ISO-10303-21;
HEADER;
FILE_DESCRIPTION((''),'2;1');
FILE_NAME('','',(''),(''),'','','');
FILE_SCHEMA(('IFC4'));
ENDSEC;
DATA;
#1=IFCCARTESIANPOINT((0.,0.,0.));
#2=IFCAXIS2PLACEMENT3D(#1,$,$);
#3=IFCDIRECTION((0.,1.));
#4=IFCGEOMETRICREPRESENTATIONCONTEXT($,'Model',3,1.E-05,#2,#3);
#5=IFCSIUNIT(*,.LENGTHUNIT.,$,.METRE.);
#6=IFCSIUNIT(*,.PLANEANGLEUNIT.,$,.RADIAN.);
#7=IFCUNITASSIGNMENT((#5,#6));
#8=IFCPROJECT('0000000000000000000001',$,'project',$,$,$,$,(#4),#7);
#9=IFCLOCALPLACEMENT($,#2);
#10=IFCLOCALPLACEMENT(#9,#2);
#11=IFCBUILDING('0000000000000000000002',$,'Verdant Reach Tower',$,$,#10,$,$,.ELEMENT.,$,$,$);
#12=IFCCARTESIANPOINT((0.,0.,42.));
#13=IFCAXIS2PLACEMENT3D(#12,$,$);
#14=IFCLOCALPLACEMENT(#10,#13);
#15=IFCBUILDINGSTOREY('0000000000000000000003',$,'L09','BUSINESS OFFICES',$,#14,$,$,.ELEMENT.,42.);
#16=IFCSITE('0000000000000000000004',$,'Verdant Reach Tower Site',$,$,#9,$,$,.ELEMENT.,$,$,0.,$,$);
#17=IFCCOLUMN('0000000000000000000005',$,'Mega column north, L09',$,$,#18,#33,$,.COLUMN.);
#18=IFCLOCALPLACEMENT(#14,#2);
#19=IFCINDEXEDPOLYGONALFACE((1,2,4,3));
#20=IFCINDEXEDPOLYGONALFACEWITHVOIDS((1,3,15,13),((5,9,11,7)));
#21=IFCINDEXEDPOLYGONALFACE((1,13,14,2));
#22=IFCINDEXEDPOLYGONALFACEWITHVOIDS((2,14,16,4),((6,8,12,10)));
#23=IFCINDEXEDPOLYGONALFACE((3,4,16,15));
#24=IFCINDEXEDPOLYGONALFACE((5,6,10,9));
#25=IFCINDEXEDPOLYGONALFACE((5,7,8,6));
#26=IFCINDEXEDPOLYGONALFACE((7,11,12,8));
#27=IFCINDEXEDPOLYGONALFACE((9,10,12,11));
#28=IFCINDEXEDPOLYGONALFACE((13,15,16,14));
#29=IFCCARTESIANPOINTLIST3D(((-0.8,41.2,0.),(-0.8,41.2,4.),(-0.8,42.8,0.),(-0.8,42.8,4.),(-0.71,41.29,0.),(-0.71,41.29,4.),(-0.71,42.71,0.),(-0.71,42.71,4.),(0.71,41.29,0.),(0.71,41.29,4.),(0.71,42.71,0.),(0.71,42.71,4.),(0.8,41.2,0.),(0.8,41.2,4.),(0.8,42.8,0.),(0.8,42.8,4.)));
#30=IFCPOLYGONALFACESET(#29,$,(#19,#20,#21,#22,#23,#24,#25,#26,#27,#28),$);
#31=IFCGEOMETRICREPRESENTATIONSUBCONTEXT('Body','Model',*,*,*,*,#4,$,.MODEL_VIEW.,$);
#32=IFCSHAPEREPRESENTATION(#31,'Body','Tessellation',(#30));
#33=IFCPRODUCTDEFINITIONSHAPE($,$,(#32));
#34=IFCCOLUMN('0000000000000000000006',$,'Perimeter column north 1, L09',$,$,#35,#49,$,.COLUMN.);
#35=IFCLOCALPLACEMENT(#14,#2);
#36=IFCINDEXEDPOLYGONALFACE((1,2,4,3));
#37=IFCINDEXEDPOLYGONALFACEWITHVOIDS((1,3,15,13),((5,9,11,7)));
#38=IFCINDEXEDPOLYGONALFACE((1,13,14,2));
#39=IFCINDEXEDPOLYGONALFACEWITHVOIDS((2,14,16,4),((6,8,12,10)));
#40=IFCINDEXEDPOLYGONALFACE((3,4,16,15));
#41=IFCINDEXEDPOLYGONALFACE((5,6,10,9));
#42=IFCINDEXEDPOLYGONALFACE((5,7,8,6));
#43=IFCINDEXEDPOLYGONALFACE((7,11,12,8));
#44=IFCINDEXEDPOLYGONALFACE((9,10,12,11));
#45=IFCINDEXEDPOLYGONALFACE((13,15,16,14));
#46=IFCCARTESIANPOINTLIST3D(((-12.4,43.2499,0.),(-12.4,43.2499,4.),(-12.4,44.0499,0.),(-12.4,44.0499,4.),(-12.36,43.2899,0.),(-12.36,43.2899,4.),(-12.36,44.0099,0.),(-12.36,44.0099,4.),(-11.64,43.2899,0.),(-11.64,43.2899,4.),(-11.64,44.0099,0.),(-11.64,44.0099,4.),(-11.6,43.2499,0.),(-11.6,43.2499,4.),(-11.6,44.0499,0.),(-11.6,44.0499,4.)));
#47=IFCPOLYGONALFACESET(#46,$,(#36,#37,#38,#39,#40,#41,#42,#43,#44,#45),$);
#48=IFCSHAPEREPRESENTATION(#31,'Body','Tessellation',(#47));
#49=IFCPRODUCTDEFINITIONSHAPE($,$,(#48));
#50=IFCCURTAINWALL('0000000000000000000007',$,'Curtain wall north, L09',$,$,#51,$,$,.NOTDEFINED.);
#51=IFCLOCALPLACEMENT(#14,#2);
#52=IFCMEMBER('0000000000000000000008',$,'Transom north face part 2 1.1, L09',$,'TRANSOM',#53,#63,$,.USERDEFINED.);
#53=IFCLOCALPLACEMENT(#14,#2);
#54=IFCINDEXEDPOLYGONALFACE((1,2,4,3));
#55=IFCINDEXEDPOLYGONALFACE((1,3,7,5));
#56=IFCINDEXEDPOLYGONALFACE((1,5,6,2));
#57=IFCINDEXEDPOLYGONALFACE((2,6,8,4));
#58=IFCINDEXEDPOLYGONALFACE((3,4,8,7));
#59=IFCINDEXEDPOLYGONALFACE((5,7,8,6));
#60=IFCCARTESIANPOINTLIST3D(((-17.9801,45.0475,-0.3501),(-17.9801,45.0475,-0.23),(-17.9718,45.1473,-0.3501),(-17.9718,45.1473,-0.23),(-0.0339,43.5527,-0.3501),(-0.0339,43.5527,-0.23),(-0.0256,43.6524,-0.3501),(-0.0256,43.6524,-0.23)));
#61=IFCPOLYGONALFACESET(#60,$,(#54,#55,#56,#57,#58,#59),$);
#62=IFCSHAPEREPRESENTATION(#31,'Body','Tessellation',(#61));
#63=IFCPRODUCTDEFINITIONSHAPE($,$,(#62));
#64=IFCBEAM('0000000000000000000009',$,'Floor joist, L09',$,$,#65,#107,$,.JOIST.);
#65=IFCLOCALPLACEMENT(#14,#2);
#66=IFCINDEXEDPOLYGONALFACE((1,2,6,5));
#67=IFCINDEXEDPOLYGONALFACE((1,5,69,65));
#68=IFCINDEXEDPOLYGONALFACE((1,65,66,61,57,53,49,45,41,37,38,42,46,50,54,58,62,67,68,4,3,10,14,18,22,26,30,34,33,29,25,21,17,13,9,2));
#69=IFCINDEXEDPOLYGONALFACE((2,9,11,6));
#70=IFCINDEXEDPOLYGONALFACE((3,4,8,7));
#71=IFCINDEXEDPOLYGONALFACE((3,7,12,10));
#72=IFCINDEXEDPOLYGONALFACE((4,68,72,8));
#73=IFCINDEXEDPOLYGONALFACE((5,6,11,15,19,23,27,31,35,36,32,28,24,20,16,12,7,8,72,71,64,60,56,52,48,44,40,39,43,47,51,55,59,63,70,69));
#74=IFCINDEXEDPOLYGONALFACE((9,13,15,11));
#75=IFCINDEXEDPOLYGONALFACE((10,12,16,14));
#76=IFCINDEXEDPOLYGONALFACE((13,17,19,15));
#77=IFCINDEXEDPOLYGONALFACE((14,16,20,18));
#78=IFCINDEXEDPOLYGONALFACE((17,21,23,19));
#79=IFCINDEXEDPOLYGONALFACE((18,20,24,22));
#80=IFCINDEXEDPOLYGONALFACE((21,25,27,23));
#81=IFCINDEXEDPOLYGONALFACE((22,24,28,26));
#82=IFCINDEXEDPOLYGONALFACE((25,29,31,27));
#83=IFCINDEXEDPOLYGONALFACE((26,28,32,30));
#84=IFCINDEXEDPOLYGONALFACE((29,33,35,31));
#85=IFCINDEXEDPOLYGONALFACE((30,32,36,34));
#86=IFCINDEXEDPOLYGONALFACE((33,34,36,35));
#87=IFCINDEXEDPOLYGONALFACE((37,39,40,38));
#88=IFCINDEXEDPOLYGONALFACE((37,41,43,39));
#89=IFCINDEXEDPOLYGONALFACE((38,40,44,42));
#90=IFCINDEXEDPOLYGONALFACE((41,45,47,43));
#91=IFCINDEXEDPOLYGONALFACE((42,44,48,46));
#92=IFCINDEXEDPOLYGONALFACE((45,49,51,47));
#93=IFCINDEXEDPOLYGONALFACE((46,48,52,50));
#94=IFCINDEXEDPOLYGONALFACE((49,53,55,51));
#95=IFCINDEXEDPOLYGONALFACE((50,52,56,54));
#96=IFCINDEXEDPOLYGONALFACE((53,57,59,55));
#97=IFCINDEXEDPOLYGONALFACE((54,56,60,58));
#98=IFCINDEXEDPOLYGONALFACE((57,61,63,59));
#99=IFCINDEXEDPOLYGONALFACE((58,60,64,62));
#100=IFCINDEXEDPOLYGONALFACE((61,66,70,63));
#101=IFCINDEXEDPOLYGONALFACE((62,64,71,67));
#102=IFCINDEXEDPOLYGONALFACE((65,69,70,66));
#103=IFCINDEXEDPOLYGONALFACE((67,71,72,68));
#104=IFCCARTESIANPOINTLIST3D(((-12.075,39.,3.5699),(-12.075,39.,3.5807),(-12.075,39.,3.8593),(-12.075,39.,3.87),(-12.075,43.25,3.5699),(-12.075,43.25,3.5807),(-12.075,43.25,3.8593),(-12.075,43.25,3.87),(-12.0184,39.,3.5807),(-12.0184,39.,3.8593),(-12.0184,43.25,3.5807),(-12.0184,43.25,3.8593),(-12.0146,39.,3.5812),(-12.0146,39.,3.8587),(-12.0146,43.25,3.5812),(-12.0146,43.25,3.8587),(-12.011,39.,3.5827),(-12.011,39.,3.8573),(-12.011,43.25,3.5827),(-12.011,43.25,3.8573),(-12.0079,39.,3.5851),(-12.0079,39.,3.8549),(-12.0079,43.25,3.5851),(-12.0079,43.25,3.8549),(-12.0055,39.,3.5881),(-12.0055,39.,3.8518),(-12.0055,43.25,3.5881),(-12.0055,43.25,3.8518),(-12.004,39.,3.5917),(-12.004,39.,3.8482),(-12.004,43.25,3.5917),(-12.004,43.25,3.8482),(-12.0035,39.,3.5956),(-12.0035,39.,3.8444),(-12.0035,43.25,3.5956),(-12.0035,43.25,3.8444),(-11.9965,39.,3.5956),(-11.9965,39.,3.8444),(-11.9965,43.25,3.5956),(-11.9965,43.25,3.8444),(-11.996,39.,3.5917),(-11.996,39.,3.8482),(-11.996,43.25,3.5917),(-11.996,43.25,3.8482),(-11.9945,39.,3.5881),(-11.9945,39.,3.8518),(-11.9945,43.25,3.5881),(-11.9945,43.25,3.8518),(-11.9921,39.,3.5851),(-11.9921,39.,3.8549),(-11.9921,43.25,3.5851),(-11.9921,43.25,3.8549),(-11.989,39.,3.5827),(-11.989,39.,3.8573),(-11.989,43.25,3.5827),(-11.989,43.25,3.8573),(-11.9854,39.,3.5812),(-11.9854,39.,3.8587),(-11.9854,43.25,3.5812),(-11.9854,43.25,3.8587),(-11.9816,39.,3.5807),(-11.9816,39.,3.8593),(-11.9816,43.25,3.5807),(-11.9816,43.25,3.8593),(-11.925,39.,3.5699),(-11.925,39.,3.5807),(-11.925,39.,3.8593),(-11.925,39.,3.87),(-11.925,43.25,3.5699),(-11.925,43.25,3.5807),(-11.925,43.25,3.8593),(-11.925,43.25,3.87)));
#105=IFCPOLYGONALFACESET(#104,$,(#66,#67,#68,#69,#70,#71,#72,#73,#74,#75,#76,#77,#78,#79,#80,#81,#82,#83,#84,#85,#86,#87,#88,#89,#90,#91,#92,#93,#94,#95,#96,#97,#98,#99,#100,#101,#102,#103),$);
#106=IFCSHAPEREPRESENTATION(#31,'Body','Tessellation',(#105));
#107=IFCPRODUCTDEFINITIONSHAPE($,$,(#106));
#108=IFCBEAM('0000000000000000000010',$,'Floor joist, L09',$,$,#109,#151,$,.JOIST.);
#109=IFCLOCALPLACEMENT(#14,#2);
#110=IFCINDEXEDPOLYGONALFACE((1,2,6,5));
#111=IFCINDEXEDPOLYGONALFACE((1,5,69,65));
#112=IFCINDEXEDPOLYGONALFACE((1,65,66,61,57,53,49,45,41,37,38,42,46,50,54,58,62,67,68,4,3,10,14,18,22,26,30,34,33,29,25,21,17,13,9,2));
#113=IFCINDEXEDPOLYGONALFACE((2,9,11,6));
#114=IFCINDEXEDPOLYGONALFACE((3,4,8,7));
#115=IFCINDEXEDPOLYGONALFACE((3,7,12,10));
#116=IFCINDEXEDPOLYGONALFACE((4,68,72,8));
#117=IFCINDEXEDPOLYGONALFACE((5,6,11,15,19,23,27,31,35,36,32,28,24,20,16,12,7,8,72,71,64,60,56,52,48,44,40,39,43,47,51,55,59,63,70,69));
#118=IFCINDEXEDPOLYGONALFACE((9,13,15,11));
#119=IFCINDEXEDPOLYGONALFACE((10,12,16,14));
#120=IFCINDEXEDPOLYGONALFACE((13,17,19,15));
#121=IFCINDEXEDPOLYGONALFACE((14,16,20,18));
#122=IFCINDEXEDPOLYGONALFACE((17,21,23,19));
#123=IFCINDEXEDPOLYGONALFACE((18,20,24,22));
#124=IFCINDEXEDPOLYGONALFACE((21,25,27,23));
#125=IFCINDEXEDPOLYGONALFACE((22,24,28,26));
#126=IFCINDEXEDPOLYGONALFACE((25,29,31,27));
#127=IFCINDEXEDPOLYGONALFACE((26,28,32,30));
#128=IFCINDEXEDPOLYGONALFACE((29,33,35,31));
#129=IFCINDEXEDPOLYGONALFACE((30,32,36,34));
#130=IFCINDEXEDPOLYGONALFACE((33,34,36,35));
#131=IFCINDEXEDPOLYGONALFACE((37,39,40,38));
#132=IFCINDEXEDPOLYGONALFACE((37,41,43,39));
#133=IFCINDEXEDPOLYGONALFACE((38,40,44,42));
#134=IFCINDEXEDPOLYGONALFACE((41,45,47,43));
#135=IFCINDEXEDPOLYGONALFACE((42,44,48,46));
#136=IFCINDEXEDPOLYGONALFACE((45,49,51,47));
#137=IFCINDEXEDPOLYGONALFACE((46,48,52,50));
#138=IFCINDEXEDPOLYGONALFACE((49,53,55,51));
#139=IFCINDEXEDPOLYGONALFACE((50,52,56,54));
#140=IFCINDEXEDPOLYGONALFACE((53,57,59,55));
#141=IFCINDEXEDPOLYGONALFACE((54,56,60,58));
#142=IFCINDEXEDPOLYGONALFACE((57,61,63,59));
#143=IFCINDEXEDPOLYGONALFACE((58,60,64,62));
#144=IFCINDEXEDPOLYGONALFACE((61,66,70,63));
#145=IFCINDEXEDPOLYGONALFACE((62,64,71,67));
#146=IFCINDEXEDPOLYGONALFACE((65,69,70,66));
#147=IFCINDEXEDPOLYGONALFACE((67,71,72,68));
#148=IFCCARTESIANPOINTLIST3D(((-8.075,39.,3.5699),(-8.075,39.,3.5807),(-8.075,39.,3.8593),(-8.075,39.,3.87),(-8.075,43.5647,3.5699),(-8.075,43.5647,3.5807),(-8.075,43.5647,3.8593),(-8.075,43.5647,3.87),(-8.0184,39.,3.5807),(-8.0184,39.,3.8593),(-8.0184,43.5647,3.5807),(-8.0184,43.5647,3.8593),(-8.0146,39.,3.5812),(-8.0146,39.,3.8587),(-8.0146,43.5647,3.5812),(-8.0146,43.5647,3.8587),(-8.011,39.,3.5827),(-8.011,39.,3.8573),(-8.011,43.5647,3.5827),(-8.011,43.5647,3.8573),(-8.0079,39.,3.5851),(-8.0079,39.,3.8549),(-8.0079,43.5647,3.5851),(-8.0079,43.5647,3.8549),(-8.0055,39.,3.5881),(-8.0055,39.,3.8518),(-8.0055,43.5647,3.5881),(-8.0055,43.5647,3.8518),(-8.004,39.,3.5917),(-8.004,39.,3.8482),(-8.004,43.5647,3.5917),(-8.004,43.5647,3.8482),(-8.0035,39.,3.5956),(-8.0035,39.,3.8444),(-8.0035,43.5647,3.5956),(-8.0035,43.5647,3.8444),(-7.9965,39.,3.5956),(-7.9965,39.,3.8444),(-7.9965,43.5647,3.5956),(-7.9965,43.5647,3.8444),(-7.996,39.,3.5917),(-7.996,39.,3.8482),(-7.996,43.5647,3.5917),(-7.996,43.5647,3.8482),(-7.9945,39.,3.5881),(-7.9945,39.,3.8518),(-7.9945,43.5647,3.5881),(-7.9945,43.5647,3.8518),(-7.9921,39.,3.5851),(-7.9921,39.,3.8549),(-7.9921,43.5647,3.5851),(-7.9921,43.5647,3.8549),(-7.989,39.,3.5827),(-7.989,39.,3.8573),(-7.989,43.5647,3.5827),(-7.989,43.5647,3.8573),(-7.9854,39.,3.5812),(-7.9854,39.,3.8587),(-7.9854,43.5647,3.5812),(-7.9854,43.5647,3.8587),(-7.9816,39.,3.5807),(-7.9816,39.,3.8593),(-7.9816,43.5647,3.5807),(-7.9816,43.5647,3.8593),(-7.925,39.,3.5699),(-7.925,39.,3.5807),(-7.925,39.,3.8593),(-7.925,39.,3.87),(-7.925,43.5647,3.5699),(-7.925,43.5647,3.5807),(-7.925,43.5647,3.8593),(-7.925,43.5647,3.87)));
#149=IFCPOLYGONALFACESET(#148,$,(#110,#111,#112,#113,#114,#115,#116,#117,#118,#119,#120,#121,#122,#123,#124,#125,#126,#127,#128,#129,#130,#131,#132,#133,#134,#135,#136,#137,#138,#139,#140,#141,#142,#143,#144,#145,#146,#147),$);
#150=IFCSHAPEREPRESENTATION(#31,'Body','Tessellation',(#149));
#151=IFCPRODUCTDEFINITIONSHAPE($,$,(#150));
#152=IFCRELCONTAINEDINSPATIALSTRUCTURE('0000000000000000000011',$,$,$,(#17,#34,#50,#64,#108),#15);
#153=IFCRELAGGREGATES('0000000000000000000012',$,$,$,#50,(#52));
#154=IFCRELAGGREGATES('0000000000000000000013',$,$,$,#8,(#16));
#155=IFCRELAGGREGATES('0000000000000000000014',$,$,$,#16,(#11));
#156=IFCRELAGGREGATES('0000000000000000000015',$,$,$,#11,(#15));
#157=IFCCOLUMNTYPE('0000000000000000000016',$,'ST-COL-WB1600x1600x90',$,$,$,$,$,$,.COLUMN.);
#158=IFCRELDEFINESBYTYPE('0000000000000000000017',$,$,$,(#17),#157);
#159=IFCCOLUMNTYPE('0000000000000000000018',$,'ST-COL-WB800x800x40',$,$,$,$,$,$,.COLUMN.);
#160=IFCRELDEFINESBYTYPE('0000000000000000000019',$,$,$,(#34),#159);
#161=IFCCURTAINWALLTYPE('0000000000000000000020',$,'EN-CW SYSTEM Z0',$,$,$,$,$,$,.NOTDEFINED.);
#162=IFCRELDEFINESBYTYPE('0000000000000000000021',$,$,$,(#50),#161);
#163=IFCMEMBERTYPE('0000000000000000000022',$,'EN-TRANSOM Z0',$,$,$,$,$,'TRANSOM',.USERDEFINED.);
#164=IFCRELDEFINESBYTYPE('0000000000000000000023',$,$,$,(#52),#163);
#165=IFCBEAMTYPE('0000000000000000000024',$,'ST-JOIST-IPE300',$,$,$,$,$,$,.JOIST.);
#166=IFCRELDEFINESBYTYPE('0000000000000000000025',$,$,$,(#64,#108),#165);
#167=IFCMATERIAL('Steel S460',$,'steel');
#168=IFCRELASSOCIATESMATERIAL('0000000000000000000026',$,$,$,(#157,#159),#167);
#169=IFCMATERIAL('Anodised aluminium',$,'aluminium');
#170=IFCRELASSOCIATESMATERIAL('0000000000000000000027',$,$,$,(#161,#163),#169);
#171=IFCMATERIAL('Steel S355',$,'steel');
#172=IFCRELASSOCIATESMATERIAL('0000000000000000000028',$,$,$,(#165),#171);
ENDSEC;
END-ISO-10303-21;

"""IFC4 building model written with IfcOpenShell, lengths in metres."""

from ifc_helpers import new_model, si_unit, direction, frame, origin, origin_2d, place, context, subcontext, project, spatial, rectangle, hollow_rectangle, i_section, extrude, material, material_profile, profile_set, type_object, element, aggregate, save


model = new_model("IFC4")

# Units and contexts
model_context = context("Model", 3, precision=1e-05, world=origin(), true_north=direction((0.0, 1.0)))
body_context = subcontext(model_context, "Body", "Model", "MODEL_VIEW")
ifc_project = project(units=[si_unit("LENGTHUNIT", "METRE"), si_unit("PLANEANGLEUNIT", "RADIAN")], contexts=[model_context])

# Site, building, storey
site_placement = place(None, origin())
site = spatial("IfcSite", under=ifc_project, at=site_placement, Name="Verdant Reach Tower Site", CompositionType="ELEMENT", RefElevation=0.0)
building_placement = place(site_placement, origin())
building = spatial("IfcBuilding", under=site, at=building_placement, Name="Verdant Reach Tower", CompositionType="ELEMENT")
storey_placement = place(building_placement, frame((0.0, 0.0, 42.0)))
storey = spatial("IfcBuildingStorey", under=building, at=storey_placement, Name="L09", Description="BUSINESS OFFICES", CompositionType="ELEMENT", Elevation=42.0)

# Columns
ifc_material_1 = material(Name="Steel S460", Category="steel")
ifc_material_profile_1 = material_profile(ifc_material_1, hollow_rectangle(XDim=1.6001, YDim=1.6001, WallThickness=0.0901, at=origin_2d()), Name="WB 1600x1600x90")
ifc_profile_set_1 = profile_set([ifc_material_profile_1], Name="Steel S460")
column_type_1 = type_object("IfcColumnType", Name="ST-COL-WB1600x1600x90", PredefinedType="COLUMN", material=ifc_profile_set_1)
column_1_placement = place(storey_placement, frame((0.0, 42.0, 0.0), z_axis=(0.0, 0.0, 1.0), x_axis=(1.0, 0.0, 0.0)))
element("IfcColumn", 1, at=column_1_placement, inside=storey, type_object=column_type_1, Name="Mega column north, L09", PredefinedType="COLUMN", context=body_context, shape_type="SweptSolid", body=[
    extrude(hollow_rectangle(XDim=1.6001, YDim=1.6001, WallThickness=0.0901, at=origin_2d()), origin(), (0.0, 0.0, 1.0), 4.0),
])
ifc_material_profile_2 = material_profile(ifc_material_1, hollow_rectangle(XDim=0.8, YDim=0.8, WallThickness=0.04, at=origin_2d()), Name="WB 800x800x40")
ifc_profile_set_2 = profile_set([ifc_material_profile_2], Name="Steel S460")
column_type_2 = type_object("IfcColumnType", Name="ST-COL-WB800x800x40", PredefinedType="COLUMN", material=ifc_profile_set_2)
column_2_placement = place(storey_placement, frame((-12.0, 43.6499, 0.0), z_axis=(0.0, 0.0, 1.0), x_axis=(1.0, 0.0, 0.0)))
element("IfcColumn", 2, at=column_2_placement, inside=storey, type_object=column_type_2, Name="Perimeter column north 1, L09", PredefinedType="COLUMN", context=body_context, shape_type="SweptSolid", body=[
    extrude(hollow_rectangle(XDim=0.8, YDim=0.8, WallThickness=0.04, at=origin_2d()), origin(), (0.0, 0.0, 1.0), 4.0),
])

# Curtain wall, member
ifc_material_2 = material(Name="Anodised aluminium", Category="aluminium")
curtain_wall_type = type_object("IfcCurtainWallType", Name="EN-CW SYSTEM Z0", PredefinedType="NOTDEFINED", material=ifc_material_2)
curtain_wall_placement = place(storey_placement, origin())
curtain_wall = element("IfcCurtainWall", 3, at=curtain_wall_placement, inside=storey, type_object=curtain_wall_type, Name="Curtain wall north, L09", PredefinedType="NOTDEFINED")
ifc_material_profile_3 = material_profile(ifc_material_2, rectangle(XDim=0.1001, YDim=0.1201, at=origin_2d()), Name="Transom 120x100")
ifc_profile_set_3 = profile_set([ifc_material_profile_3], Name="Anodised aluminium")
member_type = type_object("IfcMemberType", Name="EN-TRANSOM Z0", ElementType="TRANSOM", PredefinedType="USERDEFINED", material=ifc_profile_set_3)
member_placement = place(storey_placement, frame((-0.0298, 43.6025, -0.29), z_axis=(-0.996549, 0.083011, 0.0), x_axis=(-0.083011, -0.996549, 0.0)))
member = element("IfcMember", 4, at=member_placement, type_object=member_type, Name="Transom north face part 2 1.1, L09", ObjectType="TRANSOM", PredefinedType="USERDEFINED", context=body_context, shape_type="SweptSolid", body=[
    extrude(rectangle(XDim=0.1001, YDim=0.1201, at=origin_2d()), origin(), (0.0, 0.0, 1.0), 18.0083),
])

# Beams
ifc_material_3 = material(Name="Steel S355", Category="steel")
ifc_material_profile_4 = material_profile(ifc_material_3, i_section(OverallWidth=0.1499, OverallDepth=0.3, WebThickness=0.0071, FlangeThickness=0.0107, FilletRadius=0.0149, at=origin_2d()), Name="IPE 300")
ifc_profile_set_4 = profile_set([ifc_material_profile_4], Name="Steel S355")
beam_type_1 = type_object("IfcBeamType", Name="ST-JOIST-IPE300", PredefinedType="JOIST", material=ifc_profile_set_4)
beam_1_placement = place(storey_placement, frame((-12.0, 39.0, 3.72), z_axis=(0.0, 1.0, 0.0), x_axis=(-1.0, 0.0, 0.0)))
element("IfcBeam", 5, at=beam_1_placement, inside=storey, type_object=beam_type_1, Name="Floor joist, L09", PredefinedType="JOIST", context=body_context, shape_type="SweptSolid", body=[
    extrude(i_section(OverallWidth=0.1499, OverallDepth=0.3, WebThickness=0.0071, FlangeThickness=0.0107, FilletRadius=0.0149, at=origin_2d()), origin(), (0.0, 0.0, 1.0), 4.25),
])
beam_2_placement = place(storey_placement, frame((-8.0, 39.0, 3.72), z_axis=(0.0, 1.0, 0.0), x_axis=(-1.0, 0.0, 0.0)))
element("IfcBeam", 6, at=beam_2_placement, inside=storey, type_object=beam_type_1, Name="Floor joist, L09", PredefinedType="JOIST", context=body_context, shape_type="SweptSolid", body=[
    extrude(i_section(OverallWidth=0.1499, OverallDepth=0.3, WebThickness=0.0071, FlangeThickness=0.0107, FilletRadius=0.0149, at=origin_2d()), origin(), (0.0, 0.0, 1.0), 4.5647),
])

aggregate(curtain_wall, [member])

save(model, "model.ifc")
